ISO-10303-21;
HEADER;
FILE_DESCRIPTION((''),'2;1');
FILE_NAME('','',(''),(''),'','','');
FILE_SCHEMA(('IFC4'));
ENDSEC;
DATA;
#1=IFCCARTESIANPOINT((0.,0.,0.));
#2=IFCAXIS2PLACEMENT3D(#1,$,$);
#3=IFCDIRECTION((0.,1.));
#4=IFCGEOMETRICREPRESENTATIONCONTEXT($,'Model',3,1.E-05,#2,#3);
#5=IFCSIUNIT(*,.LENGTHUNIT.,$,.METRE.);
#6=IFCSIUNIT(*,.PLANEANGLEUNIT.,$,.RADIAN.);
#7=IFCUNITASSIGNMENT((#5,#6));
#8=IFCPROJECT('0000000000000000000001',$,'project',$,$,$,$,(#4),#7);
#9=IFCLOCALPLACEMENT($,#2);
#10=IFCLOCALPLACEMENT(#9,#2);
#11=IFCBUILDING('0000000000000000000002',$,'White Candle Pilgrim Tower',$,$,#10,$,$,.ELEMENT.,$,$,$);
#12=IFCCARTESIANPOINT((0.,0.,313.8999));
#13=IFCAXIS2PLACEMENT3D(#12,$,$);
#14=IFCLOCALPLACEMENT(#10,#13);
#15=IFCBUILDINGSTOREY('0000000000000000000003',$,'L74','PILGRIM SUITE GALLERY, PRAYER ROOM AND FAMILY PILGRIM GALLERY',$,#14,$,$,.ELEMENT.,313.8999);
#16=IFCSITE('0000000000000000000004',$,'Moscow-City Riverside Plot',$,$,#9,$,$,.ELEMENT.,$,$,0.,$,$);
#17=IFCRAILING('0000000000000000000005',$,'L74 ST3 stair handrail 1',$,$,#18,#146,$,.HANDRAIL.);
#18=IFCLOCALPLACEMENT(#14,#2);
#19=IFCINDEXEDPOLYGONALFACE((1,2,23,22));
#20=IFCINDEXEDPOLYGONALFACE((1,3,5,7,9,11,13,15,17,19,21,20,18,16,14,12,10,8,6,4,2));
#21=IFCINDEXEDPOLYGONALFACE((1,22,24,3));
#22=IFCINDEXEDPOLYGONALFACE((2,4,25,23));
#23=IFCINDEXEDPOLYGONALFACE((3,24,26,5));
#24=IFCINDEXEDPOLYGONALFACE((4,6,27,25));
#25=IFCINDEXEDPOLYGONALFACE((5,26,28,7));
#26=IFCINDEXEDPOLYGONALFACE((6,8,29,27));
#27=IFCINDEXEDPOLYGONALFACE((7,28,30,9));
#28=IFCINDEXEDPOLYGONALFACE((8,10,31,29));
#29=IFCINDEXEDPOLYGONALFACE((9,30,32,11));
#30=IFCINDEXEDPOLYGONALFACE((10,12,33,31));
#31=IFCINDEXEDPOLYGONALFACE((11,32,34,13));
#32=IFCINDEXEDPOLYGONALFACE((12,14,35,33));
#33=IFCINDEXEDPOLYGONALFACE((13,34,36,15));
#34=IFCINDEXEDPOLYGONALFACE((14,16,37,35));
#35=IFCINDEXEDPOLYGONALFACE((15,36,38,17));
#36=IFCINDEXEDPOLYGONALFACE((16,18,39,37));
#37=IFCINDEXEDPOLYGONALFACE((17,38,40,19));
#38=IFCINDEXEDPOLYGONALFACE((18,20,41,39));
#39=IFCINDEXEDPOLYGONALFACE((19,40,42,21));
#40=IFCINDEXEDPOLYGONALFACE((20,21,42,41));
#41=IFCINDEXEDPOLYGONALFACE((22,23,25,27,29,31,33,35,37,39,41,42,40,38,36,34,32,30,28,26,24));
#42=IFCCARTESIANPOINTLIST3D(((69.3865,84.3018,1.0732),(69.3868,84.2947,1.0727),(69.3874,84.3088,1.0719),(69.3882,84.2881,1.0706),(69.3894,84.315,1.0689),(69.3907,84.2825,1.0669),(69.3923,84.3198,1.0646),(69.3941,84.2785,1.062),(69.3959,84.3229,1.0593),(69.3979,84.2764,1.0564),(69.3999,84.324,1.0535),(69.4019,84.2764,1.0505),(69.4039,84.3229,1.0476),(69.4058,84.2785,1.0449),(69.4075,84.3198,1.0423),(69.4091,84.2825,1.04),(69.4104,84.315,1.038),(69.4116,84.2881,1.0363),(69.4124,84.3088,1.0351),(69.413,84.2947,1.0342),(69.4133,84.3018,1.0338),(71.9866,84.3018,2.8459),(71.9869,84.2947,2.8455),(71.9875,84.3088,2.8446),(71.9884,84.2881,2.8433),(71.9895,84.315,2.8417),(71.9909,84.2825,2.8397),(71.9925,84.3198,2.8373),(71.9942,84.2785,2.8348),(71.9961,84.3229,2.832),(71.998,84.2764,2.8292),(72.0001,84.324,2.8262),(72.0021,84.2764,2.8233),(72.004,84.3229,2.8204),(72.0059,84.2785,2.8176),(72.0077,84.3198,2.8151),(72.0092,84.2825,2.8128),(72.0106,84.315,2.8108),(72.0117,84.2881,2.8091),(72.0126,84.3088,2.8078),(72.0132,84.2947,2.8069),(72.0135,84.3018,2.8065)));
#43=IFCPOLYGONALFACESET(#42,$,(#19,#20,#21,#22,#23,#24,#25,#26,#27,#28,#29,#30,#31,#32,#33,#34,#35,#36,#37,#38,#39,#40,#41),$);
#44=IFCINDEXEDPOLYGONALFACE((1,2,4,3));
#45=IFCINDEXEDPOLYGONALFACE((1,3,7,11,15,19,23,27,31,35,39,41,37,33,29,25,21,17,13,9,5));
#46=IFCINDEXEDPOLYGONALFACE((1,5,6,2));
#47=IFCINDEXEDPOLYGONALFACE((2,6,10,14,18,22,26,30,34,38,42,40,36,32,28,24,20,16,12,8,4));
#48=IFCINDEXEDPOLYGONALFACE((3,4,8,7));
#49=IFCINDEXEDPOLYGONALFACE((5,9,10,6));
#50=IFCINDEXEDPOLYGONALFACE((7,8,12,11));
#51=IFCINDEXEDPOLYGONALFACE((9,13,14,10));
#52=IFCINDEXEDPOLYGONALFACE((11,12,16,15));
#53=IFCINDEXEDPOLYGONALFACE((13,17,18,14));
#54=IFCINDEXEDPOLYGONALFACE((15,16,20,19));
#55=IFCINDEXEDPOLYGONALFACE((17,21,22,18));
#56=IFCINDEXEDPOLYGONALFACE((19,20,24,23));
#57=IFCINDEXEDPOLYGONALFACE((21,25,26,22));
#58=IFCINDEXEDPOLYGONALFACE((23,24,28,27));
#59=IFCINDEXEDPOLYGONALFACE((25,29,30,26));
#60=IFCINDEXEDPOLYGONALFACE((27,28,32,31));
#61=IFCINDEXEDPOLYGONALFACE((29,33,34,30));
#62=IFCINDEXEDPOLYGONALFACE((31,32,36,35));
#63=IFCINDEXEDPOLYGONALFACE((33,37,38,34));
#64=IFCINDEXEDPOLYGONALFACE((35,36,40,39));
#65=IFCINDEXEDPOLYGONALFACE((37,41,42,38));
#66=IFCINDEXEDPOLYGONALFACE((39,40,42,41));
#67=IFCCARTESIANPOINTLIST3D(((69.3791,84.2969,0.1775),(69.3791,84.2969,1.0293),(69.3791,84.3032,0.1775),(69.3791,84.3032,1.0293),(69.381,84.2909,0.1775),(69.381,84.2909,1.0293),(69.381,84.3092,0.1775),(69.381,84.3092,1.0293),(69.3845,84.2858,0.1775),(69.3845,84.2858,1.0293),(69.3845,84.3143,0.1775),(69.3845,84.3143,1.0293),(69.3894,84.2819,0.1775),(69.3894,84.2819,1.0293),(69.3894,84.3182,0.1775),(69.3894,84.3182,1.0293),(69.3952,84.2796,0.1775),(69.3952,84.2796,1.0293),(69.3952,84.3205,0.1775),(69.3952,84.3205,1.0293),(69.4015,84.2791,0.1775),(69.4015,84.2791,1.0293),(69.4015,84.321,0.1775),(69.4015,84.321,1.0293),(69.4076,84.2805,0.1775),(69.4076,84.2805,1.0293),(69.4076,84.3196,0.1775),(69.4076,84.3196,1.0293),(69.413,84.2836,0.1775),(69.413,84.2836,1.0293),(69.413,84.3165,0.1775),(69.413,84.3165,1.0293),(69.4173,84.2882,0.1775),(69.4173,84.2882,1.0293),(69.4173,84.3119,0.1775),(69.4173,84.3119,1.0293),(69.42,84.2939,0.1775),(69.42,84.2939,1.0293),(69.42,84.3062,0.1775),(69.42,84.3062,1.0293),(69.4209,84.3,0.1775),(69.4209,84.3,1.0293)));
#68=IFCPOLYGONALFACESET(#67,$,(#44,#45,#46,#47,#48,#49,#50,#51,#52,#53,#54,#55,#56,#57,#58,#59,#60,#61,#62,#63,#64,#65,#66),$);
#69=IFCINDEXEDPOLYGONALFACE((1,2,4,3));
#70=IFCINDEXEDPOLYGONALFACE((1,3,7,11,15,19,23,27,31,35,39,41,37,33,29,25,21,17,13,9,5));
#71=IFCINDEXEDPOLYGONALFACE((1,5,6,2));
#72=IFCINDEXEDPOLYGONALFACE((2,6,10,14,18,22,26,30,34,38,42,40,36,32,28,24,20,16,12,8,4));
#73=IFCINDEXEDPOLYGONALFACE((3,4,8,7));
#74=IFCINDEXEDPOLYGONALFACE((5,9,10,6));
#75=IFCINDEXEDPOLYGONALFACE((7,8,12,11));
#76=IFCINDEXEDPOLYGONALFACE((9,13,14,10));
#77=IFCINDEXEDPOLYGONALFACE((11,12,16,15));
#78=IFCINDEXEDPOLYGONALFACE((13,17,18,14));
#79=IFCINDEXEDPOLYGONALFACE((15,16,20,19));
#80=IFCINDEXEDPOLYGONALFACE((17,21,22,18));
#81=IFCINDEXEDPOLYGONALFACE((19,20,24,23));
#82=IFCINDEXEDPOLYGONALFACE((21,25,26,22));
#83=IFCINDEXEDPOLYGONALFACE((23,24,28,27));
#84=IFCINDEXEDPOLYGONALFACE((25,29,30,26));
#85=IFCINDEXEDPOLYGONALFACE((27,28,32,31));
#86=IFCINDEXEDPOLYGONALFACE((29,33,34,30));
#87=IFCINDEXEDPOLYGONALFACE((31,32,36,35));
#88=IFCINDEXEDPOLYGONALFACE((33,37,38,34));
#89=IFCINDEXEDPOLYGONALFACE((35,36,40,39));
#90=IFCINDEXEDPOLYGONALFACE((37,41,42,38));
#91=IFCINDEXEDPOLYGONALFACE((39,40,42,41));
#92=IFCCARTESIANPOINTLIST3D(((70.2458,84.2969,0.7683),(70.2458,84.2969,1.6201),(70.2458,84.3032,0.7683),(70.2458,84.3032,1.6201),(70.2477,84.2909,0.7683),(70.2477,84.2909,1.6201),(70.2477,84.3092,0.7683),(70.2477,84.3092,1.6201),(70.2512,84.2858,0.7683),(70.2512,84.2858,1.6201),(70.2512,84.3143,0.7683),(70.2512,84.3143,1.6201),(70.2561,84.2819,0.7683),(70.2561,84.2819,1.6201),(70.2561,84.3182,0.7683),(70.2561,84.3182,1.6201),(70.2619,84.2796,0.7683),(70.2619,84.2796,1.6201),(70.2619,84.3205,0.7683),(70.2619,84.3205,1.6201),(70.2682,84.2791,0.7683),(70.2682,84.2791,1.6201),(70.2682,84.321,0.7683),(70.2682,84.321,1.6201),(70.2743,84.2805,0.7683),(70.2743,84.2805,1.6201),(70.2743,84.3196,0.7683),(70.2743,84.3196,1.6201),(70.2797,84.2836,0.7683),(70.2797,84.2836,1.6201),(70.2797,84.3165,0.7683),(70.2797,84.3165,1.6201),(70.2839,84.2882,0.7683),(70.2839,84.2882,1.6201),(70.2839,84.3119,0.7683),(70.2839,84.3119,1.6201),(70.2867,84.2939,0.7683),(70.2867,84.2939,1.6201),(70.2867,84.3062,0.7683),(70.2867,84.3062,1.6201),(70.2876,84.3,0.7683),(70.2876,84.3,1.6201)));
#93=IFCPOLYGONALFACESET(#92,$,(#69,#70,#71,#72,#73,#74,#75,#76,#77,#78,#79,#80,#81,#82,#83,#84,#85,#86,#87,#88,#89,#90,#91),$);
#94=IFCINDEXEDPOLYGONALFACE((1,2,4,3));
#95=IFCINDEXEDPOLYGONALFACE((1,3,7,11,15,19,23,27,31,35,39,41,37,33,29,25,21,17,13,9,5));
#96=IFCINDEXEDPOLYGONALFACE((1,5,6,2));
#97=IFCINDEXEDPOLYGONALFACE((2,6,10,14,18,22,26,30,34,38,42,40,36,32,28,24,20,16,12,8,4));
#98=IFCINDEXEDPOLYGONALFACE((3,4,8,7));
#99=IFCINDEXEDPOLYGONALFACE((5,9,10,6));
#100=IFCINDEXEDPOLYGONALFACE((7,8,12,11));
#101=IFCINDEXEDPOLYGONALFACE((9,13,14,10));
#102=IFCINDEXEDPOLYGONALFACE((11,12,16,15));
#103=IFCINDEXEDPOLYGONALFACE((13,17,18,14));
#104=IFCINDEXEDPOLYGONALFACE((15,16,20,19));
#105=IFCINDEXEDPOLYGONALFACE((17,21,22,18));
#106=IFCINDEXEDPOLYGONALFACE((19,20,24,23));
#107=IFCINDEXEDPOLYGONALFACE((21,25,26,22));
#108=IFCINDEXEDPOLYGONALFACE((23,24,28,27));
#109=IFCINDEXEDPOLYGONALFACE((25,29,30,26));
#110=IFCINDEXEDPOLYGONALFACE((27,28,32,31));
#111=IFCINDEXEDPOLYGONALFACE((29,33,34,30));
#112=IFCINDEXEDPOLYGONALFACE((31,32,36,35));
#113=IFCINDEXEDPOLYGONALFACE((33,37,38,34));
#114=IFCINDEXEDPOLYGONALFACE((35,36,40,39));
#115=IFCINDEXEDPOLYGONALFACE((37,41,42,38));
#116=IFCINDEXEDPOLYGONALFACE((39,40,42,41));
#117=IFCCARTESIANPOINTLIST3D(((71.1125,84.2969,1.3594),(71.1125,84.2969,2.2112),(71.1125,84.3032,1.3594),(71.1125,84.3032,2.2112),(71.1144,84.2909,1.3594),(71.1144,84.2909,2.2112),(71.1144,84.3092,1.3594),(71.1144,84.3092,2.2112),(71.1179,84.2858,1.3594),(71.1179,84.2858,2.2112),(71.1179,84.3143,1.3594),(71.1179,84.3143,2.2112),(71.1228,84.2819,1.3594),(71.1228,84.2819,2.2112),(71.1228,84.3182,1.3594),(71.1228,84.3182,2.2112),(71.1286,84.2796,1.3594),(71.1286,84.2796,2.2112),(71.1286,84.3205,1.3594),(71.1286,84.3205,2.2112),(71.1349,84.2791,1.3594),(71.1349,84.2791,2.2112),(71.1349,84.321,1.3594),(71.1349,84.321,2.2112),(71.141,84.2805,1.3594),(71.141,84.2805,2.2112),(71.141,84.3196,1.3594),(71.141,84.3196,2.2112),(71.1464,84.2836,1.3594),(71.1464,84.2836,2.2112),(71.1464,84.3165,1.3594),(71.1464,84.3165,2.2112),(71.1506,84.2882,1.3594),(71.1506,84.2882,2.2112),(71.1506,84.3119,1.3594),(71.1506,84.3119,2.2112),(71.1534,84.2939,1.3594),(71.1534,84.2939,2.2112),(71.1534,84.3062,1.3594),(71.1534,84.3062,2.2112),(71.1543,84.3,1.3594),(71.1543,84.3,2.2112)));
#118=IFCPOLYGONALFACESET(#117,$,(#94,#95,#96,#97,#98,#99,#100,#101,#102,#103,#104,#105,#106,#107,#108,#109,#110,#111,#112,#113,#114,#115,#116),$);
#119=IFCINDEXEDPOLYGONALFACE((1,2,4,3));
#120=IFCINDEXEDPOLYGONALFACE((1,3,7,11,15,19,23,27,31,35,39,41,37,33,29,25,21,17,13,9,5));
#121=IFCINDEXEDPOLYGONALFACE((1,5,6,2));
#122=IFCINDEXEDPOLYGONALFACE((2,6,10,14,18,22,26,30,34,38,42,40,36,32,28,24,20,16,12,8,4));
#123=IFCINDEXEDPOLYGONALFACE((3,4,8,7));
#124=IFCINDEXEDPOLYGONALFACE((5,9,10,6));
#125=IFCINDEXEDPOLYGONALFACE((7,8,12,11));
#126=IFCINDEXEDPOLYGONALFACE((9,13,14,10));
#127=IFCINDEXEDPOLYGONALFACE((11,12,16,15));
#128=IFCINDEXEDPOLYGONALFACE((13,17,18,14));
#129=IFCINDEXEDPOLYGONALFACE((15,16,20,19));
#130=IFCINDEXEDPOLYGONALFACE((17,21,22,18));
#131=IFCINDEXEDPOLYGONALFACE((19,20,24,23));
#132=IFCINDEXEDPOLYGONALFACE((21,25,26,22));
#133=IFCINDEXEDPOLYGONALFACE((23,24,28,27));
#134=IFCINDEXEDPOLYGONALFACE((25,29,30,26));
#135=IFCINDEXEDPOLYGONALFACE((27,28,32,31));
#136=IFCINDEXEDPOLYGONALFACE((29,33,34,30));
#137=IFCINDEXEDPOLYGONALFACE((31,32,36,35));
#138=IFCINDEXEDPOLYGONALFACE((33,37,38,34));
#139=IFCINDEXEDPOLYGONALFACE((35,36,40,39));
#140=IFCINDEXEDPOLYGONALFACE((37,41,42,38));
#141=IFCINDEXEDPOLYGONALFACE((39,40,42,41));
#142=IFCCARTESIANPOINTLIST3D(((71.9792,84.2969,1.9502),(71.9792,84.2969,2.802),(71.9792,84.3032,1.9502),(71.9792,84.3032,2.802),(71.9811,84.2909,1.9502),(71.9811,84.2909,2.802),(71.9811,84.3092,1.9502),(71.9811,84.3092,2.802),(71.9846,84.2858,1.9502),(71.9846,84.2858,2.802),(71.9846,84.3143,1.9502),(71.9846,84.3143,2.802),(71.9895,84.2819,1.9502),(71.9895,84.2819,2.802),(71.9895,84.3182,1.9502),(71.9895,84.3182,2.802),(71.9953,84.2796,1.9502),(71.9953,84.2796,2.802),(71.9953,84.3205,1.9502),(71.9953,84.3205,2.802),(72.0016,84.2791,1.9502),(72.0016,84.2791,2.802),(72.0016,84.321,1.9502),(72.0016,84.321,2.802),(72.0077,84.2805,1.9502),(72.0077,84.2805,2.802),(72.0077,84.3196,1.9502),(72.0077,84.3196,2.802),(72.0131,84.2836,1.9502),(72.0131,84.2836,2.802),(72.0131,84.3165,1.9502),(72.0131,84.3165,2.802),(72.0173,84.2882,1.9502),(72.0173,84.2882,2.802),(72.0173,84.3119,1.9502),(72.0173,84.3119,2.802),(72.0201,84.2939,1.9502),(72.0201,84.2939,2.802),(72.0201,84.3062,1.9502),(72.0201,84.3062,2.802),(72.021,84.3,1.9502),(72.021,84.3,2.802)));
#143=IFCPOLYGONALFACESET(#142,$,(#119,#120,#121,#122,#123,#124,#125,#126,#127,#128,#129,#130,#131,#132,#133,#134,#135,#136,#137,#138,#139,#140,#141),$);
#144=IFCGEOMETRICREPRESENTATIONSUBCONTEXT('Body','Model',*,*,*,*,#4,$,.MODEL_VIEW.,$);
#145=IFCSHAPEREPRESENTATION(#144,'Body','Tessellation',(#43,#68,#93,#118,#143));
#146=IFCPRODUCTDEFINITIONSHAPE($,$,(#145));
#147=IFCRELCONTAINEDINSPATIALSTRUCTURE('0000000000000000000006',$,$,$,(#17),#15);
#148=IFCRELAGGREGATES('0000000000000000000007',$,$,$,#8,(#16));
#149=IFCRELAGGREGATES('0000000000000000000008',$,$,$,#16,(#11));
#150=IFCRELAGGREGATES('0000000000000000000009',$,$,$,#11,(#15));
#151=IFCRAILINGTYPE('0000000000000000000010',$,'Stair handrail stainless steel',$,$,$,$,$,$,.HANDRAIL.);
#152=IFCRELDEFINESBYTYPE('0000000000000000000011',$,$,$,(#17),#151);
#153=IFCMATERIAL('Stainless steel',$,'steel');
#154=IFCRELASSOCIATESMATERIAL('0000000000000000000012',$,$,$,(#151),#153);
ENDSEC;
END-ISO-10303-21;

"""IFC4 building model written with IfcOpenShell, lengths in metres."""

from ifc_helpers import new_model, si_unit, direction, frame, origin, origin_2d, place, context, subcontext, project, spatial, circle, extrude, material, type_object, element, save


model = new_model("IFC4")

# Units and contexts
model_context = context("Model", 3, precision=1e-05, world=origin(), true_north=direction((0.0, 1.0)))
body_context = subcontext(model_context, "Body", "Model", "MODEL_VIEW")
ifc_project = project(units=[si_unit("LENGTHUNIT", "METRE"), si_unit("PLANEANGLEUNIT", "RADIAN")], contexts=[model_context])

# Site, building, storey
site_placement = place(None, origin())
site = spatial("IfcSite", under=ifc_project, at=site_placement, Name="Moscow-City Riverside Plot", CompositionType="ELEMENT", RefElevation=0.0)
building_placement = place(site_placement, origin())
building = spatial("IfcBuilding", under=site, at=building_placement, Name="White Candle Pilgrim Tower", CompositionType="ELEMENT")
storey_placement = place(building_placement, frame((0.0, 0.0, 313.8999)))
storey = spatial("IfcBuildingStorey", under=building, at=storey_placement, Name="L74", Description="PILGRIM SUITE GALLERY, PRAYER ROOM AND FAMILY PILGRIM GALLERY", CompositionType="ELEMENT", Elevation=313.8999)

# Railing
ifc_material_1 = material(Name="Stainless steel", Category="steel")
railing_type_1 = type_object("IfcRailingType", Name="Stair handrail stainless steel", PredefinedType="HANDRAIL", material=ifc_material_1)
railing_1_placement = place(storey_placement, frame((69.3999, 84.3, 0.1775)))
element("IfcRailing", 1, at=railing_1_placement, inside=storey, type_object=railing_type_1, Name="L74 ST3 stair handrail 1", PredefinedType="HANDRAIL", context=body_context, shape_type="SweptSolid", body=[
    extrude(circle(Radius=0.0239, at=origin_2d()), frame((0.0, 0.0, 0.876), z_axis=(0.82624, 0.0, 0.563318), x_axis=(0.0, 1.0, 0.0)), (0.0, 0.0, 1.0), 3.147),
    extrude(circle(Radius=0.021, at=origin_2d()), origin(), (0.0, 0.0, 1.0), 0.8518),
    extrude(circle(Radius=0.021, at=origin_2d()), frame((0.8667, 0.0, 0.5908)), (0.0, 0.0, 1.0), 0.8518),
    extrude(circle(Radius=0.021, at=origin_2d()), frame((1.7334, 0.0, 1.1819)), (0.0, 0.0, 1.0), 0.8518),
    extrude(circle(Radius=0.021, at=origin_2d()), frame((2.6001, 0.0, 1.7727)), (0.0, 0.0, 1.0), 0.8518),
])

save(model, "model.ifc")
